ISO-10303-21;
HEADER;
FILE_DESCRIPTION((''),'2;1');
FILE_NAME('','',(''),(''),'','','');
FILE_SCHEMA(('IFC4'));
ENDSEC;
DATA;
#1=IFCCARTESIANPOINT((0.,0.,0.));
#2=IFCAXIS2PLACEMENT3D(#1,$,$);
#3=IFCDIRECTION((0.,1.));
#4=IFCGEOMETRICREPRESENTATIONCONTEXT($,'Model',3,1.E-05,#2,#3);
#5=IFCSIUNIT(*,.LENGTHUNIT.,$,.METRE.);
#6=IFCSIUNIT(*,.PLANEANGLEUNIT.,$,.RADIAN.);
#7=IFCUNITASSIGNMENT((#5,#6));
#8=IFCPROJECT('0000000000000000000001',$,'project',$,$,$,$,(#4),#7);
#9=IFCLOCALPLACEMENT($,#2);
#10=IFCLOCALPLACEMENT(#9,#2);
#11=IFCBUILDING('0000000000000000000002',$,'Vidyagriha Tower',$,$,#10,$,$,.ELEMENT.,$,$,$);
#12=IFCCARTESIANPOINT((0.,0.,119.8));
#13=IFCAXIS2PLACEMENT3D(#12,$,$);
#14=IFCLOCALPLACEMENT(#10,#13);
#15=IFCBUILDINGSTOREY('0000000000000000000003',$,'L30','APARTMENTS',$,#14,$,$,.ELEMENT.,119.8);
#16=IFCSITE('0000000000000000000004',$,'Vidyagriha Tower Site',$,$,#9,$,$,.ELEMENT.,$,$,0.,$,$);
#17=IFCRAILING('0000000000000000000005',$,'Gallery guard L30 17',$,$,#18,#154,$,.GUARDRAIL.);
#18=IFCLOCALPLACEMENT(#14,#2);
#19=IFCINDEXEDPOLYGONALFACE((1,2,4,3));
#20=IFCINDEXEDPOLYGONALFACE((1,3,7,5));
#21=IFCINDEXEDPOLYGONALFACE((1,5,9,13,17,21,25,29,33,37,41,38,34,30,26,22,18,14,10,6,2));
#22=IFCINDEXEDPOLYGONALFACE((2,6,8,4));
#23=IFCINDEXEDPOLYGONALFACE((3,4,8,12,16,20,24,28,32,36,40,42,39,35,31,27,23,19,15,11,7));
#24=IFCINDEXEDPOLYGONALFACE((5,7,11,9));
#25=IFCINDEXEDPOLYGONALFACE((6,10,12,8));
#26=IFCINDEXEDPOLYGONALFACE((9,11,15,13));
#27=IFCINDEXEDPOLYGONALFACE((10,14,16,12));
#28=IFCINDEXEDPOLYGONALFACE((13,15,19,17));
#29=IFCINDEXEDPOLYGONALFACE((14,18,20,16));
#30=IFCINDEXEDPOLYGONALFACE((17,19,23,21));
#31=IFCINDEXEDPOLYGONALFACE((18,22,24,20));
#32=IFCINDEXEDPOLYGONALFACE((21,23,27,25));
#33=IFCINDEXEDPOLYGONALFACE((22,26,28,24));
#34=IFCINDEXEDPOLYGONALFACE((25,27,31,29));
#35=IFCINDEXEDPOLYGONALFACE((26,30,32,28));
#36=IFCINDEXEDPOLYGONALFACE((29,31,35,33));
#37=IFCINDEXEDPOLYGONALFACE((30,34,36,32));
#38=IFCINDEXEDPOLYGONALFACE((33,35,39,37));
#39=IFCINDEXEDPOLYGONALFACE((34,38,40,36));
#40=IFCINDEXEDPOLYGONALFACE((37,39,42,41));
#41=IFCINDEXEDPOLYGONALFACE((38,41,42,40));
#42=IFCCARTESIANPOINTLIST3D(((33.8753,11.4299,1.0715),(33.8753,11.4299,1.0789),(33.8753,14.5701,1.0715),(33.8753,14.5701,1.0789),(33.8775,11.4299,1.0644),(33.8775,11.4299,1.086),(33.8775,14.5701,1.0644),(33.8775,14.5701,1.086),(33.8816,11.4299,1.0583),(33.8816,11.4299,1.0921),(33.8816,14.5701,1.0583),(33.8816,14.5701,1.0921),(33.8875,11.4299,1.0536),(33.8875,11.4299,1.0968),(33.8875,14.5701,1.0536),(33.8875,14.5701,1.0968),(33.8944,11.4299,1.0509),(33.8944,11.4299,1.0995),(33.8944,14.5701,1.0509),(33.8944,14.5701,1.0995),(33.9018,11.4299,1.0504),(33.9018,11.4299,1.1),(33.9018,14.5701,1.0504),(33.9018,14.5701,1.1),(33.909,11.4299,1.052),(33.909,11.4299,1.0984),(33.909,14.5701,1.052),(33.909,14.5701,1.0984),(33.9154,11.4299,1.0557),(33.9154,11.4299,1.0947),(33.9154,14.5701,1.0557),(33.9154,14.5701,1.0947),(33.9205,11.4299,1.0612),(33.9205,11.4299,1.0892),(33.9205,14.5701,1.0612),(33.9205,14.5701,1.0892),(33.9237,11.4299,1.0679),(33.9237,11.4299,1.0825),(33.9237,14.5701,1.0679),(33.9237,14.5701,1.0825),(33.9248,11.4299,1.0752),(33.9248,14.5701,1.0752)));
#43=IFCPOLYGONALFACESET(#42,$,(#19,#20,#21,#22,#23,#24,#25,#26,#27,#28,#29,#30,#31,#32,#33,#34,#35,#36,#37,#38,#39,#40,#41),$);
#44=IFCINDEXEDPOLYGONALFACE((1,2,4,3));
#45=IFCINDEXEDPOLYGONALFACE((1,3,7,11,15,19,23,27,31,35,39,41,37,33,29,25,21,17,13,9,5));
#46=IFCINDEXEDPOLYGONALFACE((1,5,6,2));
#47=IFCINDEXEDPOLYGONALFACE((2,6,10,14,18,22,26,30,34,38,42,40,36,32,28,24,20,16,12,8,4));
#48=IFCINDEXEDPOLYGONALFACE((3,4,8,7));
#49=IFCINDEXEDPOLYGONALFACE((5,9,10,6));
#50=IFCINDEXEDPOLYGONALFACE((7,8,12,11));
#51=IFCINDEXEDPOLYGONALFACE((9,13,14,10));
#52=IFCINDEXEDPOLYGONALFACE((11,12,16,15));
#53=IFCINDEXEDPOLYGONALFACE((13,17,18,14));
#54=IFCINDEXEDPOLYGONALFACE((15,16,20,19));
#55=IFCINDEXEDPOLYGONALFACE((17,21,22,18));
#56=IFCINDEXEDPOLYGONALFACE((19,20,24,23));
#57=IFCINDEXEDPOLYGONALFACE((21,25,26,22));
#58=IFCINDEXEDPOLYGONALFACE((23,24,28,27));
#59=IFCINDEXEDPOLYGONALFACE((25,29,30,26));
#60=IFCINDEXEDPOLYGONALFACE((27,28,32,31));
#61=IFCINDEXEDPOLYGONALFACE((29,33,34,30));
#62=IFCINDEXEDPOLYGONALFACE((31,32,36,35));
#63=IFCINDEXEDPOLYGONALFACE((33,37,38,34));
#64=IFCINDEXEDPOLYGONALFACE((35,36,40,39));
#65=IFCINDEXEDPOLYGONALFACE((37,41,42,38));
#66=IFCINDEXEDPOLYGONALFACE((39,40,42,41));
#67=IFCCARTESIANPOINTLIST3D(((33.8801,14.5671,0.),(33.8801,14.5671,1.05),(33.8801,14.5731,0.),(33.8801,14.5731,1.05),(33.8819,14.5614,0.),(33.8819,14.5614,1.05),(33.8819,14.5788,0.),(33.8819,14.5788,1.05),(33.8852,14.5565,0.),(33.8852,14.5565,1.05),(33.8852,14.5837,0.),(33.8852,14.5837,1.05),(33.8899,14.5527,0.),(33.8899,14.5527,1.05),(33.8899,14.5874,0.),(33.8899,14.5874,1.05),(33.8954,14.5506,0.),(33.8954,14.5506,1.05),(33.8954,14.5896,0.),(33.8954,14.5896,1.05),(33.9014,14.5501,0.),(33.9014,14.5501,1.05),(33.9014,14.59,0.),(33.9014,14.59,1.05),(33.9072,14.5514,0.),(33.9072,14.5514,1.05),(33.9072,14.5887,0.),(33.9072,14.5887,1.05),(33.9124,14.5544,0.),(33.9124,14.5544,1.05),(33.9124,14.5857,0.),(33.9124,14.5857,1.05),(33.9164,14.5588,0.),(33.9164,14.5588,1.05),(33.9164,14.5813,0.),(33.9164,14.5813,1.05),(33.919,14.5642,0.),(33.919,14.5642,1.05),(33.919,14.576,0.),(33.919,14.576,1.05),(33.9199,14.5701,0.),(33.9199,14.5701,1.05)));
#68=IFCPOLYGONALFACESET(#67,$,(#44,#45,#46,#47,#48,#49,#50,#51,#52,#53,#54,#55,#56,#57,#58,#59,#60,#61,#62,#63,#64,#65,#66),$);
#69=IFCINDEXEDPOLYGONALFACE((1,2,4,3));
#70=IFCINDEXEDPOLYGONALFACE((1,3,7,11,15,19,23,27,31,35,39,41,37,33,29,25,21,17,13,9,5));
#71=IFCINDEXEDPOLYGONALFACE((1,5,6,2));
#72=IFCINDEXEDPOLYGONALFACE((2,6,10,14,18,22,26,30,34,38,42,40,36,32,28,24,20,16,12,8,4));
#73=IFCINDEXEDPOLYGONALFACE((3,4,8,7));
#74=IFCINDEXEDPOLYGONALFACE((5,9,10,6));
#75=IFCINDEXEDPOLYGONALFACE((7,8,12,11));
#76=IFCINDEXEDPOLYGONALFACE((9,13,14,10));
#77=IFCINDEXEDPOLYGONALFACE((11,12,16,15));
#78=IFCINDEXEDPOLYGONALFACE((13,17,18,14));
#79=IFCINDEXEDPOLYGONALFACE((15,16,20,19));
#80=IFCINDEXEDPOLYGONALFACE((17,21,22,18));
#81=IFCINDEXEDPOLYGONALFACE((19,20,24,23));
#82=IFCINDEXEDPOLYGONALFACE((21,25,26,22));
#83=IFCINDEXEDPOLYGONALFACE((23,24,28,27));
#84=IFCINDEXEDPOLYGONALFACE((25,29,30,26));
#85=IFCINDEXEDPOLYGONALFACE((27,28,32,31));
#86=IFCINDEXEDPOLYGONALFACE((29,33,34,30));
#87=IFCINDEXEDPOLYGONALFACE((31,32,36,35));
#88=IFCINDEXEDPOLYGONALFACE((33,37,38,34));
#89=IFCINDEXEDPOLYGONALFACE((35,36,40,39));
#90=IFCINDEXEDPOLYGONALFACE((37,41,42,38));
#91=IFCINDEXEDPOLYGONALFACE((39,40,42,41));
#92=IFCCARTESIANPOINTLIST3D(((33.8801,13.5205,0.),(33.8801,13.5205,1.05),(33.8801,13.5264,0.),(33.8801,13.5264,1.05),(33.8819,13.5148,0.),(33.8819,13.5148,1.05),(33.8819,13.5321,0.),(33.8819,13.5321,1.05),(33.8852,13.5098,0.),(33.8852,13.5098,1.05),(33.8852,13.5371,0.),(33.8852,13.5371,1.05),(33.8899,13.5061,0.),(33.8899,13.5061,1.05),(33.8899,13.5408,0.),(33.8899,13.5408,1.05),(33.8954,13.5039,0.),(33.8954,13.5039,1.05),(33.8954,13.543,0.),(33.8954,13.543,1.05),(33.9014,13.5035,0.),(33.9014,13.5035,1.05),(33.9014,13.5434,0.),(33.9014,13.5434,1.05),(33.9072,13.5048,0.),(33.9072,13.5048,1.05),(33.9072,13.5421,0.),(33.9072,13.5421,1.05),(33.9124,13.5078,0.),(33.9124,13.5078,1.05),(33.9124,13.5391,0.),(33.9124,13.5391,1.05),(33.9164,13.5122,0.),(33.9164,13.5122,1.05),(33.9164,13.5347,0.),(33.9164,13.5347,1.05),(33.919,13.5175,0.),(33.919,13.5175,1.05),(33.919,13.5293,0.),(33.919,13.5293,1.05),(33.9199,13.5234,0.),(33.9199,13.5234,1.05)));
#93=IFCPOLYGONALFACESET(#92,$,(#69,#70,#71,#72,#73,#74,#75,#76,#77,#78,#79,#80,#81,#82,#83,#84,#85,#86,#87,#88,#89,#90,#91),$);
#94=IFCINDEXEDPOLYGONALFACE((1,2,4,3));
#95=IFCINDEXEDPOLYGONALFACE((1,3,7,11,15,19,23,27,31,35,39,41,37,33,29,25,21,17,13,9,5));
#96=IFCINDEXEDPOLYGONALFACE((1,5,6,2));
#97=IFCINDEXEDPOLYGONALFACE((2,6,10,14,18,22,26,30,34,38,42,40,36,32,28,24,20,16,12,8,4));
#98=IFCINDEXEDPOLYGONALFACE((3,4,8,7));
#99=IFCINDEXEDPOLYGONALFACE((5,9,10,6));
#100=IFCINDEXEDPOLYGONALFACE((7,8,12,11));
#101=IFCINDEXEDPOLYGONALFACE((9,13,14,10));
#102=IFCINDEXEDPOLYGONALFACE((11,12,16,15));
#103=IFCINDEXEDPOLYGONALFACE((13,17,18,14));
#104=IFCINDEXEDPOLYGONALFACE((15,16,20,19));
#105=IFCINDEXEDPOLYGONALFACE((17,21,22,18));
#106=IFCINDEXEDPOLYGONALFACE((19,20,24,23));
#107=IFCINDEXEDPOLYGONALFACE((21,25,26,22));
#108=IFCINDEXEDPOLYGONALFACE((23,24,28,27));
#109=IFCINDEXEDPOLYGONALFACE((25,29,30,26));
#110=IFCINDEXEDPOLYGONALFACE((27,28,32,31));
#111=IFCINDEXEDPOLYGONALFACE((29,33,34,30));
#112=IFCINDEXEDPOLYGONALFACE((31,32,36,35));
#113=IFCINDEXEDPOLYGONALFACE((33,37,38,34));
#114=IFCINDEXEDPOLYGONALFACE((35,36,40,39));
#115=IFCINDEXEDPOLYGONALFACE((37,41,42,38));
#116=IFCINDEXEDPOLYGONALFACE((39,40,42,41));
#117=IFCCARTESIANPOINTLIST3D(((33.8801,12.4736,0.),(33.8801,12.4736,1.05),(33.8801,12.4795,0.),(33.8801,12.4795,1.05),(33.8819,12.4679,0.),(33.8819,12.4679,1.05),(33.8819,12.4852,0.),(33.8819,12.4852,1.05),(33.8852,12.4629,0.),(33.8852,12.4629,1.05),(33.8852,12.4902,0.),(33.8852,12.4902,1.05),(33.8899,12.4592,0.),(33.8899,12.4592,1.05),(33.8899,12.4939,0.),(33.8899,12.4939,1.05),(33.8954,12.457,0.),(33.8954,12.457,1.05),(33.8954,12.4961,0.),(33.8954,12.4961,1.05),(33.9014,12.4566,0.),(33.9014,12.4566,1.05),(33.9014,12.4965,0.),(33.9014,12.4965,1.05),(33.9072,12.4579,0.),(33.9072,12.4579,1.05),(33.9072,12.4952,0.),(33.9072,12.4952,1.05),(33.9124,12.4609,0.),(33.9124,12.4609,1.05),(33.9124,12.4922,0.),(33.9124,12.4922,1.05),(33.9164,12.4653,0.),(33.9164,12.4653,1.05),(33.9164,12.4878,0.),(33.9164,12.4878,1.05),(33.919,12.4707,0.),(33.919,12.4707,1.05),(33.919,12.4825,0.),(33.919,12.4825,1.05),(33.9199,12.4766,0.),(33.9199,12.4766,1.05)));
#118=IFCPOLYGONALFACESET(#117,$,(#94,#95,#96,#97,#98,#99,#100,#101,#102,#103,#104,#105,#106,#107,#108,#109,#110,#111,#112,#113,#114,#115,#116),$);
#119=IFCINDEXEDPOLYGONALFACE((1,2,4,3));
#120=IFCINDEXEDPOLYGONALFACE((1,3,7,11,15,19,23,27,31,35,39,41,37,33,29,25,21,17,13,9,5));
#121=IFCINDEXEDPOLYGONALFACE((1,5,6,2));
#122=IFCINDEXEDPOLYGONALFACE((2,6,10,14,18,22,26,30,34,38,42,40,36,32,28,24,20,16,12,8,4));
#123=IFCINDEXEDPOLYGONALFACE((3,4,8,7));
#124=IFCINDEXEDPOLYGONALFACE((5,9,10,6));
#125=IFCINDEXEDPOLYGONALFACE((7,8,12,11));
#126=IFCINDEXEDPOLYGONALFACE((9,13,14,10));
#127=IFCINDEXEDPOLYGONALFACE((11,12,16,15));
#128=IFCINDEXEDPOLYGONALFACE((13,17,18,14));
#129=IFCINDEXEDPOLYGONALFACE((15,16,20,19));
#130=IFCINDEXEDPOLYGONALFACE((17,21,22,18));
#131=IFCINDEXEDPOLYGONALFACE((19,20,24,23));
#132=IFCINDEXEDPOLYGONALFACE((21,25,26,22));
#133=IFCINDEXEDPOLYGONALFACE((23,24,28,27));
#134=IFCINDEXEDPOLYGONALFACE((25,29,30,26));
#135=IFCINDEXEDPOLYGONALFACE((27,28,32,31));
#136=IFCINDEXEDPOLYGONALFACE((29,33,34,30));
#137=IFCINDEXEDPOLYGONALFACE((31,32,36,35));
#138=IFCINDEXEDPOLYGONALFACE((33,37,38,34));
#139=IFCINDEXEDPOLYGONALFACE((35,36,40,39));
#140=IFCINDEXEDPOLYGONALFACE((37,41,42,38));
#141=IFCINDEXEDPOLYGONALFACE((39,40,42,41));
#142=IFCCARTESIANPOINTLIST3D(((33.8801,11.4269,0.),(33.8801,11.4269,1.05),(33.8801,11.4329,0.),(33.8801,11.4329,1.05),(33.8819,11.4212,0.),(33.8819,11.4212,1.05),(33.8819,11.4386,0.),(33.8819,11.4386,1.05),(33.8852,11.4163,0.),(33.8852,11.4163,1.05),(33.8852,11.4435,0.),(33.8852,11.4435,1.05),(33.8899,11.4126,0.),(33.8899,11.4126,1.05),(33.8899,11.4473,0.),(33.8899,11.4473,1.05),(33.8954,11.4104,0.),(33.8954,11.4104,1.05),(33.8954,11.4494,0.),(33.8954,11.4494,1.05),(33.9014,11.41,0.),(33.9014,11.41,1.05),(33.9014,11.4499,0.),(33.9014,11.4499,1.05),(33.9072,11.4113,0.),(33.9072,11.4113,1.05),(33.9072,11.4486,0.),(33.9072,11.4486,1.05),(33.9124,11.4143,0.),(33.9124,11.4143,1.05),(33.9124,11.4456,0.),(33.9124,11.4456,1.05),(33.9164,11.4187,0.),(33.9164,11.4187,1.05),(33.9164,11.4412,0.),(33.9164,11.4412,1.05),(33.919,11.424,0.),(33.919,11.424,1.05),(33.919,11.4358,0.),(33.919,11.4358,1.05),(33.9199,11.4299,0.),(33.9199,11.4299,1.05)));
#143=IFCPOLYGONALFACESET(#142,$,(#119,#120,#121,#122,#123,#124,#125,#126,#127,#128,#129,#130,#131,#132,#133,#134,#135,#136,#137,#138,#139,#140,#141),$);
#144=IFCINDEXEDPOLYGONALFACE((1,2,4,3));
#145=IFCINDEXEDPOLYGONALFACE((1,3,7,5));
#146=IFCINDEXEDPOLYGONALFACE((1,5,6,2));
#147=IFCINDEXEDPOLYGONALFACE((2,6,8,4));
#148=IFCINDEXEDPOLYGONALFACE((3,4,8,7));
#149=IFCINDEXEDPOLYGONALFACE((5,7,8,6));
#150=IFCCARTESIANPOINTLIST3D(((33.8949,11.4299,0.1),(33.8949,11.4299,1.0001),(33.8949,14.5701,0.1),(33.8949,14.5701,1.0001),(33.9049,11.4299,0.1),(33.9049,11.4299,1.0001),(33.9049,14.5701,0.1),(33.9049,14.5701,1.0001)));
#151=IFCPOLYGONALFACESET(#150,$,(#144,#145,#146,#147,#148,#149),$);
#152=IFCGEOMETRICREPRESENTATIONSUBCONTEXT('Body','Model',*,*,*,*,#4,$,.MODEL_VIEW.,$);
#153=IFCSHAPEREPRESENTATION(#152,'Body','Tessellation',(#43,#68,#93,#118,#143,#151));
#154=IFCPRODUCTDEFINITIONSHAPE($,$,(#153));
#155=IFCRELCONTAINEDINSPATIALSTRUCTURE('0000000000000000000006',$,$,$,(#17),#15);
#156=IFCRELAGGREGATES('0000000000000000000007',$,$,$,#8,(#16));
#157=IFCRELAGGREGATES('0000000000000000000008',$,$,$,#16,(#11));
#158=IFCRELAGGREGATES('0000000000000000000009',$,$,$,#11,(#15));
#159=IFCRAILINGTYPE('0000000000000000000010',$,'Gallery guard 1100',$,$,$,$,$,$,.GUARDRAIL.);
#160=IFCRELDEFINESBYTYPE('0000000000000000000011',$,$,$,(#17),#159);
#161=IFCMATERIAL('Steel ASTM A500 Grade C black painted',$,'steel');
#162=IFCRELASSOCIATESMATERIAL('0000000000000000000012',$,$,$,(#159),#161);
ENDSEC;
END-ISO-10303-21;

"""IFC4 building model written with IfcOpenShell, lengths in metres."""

from ifc_helpers import new_model, si_unit, direction, frame, origin, origin_2d, place, context, subcontext, project, spatial, rectangle, circle, extrude, material, type_object, element, save


model = new_model("IFC4")

# Units and contexts
model_context = context("Model", 3, precision=1e-05, world=origin(), true_north=direction((0.0, 1.0)))
body_context = subcontext(model_context, "Body", "Model", "MODEL_VIEW")
ifc_project = project(units=[si_unit("LENGTHUNIT", "METRE"), si_unit("PLANEANGLEUNIT", "RADIAN")], contexts=[model_context])

# Site, building, storey
site_placement = place(None, origin())
site = spatial("IfcSite", under=ifc_project, at=site_placement, Name="Vidyagriha Tower Site", CompositionType="ELEMENT", RefElevation=0.0)
building_placement = place(site_placement, origin())
building = spatial("IfcBuilding", under=site, at=building_placement, Name="Vidyagriha Tower", CompositionType="ELEMENT")
storey_placement = place(building_placement, frame((0.0, 0.0, 119.8)))
storey = spatial("IfcBuildingStorey", under=building, at=storey_placement, Name="L30", Description="APARTMENTS", CompositionType="ELEMENT", Elevation=119.8)

# Railing
ifc_material_1 = material(Name="Steel ASTM A500 Grade C black painted", Category="steel")
railing_type = type_object("IfcRailingType", Name="Gallery guard 1100", PredefinedType="GUARDRAIL", material=ifc_material_1)
railing_1_placement = place(storey_placement, frame((33.8999, 14.5701, 0.0)))
element("IfcRailing", 1, at=railing_1_placement, inside=storey, type_object=railing_type, Name="Gallery guard L30 17", PredefinedType="GUARDRAIL", context=body_context, shape_type="SweptSolid", body=[
    extrude(circle(Radius=0.0249, at=origin_2d()), frame((0.0, 0.0, 1.0752), z_axis=(0.0, -1.0, 0.0), x_axis=(1.0, 0.0, 0.0)), (0.0, 0.0, 1.0), 3.1401),
    extrude(circle(Radius=0.02, at=origin_2d()), origin(), (0.0, 0.0, 1.0), 1.05),
    extrude(circle(Radius=0.02, at=origin_2d()), frame((0.0, -1.0466, 0.0)), (0.0, 0.0, 1.0), 1.05),
    extrude(circle(Radius=0.02, at=origin_2d()), frame((0.0, -2.0935, 0.0)), (0.0, 0.0, 1.0), 1.05),
    extrude(circle(Radius=0.02, at=origin_2d()), frame((0.0, -3.1401, 0.0)), (0.0, 0.0, 1.0), 1.05),
    extrude(rectangle(XDim=0.01, YDim=0.9001, at=origin_2d()), frame((0.0, 0.0, 0.55), z_axis=(0.0, -1.0, 0.0), x_axis=(1.0, 0.0, 0.0)), (0.0, 0.0, 1.0), 3.1401),
])

save(model, "model.ifc")
